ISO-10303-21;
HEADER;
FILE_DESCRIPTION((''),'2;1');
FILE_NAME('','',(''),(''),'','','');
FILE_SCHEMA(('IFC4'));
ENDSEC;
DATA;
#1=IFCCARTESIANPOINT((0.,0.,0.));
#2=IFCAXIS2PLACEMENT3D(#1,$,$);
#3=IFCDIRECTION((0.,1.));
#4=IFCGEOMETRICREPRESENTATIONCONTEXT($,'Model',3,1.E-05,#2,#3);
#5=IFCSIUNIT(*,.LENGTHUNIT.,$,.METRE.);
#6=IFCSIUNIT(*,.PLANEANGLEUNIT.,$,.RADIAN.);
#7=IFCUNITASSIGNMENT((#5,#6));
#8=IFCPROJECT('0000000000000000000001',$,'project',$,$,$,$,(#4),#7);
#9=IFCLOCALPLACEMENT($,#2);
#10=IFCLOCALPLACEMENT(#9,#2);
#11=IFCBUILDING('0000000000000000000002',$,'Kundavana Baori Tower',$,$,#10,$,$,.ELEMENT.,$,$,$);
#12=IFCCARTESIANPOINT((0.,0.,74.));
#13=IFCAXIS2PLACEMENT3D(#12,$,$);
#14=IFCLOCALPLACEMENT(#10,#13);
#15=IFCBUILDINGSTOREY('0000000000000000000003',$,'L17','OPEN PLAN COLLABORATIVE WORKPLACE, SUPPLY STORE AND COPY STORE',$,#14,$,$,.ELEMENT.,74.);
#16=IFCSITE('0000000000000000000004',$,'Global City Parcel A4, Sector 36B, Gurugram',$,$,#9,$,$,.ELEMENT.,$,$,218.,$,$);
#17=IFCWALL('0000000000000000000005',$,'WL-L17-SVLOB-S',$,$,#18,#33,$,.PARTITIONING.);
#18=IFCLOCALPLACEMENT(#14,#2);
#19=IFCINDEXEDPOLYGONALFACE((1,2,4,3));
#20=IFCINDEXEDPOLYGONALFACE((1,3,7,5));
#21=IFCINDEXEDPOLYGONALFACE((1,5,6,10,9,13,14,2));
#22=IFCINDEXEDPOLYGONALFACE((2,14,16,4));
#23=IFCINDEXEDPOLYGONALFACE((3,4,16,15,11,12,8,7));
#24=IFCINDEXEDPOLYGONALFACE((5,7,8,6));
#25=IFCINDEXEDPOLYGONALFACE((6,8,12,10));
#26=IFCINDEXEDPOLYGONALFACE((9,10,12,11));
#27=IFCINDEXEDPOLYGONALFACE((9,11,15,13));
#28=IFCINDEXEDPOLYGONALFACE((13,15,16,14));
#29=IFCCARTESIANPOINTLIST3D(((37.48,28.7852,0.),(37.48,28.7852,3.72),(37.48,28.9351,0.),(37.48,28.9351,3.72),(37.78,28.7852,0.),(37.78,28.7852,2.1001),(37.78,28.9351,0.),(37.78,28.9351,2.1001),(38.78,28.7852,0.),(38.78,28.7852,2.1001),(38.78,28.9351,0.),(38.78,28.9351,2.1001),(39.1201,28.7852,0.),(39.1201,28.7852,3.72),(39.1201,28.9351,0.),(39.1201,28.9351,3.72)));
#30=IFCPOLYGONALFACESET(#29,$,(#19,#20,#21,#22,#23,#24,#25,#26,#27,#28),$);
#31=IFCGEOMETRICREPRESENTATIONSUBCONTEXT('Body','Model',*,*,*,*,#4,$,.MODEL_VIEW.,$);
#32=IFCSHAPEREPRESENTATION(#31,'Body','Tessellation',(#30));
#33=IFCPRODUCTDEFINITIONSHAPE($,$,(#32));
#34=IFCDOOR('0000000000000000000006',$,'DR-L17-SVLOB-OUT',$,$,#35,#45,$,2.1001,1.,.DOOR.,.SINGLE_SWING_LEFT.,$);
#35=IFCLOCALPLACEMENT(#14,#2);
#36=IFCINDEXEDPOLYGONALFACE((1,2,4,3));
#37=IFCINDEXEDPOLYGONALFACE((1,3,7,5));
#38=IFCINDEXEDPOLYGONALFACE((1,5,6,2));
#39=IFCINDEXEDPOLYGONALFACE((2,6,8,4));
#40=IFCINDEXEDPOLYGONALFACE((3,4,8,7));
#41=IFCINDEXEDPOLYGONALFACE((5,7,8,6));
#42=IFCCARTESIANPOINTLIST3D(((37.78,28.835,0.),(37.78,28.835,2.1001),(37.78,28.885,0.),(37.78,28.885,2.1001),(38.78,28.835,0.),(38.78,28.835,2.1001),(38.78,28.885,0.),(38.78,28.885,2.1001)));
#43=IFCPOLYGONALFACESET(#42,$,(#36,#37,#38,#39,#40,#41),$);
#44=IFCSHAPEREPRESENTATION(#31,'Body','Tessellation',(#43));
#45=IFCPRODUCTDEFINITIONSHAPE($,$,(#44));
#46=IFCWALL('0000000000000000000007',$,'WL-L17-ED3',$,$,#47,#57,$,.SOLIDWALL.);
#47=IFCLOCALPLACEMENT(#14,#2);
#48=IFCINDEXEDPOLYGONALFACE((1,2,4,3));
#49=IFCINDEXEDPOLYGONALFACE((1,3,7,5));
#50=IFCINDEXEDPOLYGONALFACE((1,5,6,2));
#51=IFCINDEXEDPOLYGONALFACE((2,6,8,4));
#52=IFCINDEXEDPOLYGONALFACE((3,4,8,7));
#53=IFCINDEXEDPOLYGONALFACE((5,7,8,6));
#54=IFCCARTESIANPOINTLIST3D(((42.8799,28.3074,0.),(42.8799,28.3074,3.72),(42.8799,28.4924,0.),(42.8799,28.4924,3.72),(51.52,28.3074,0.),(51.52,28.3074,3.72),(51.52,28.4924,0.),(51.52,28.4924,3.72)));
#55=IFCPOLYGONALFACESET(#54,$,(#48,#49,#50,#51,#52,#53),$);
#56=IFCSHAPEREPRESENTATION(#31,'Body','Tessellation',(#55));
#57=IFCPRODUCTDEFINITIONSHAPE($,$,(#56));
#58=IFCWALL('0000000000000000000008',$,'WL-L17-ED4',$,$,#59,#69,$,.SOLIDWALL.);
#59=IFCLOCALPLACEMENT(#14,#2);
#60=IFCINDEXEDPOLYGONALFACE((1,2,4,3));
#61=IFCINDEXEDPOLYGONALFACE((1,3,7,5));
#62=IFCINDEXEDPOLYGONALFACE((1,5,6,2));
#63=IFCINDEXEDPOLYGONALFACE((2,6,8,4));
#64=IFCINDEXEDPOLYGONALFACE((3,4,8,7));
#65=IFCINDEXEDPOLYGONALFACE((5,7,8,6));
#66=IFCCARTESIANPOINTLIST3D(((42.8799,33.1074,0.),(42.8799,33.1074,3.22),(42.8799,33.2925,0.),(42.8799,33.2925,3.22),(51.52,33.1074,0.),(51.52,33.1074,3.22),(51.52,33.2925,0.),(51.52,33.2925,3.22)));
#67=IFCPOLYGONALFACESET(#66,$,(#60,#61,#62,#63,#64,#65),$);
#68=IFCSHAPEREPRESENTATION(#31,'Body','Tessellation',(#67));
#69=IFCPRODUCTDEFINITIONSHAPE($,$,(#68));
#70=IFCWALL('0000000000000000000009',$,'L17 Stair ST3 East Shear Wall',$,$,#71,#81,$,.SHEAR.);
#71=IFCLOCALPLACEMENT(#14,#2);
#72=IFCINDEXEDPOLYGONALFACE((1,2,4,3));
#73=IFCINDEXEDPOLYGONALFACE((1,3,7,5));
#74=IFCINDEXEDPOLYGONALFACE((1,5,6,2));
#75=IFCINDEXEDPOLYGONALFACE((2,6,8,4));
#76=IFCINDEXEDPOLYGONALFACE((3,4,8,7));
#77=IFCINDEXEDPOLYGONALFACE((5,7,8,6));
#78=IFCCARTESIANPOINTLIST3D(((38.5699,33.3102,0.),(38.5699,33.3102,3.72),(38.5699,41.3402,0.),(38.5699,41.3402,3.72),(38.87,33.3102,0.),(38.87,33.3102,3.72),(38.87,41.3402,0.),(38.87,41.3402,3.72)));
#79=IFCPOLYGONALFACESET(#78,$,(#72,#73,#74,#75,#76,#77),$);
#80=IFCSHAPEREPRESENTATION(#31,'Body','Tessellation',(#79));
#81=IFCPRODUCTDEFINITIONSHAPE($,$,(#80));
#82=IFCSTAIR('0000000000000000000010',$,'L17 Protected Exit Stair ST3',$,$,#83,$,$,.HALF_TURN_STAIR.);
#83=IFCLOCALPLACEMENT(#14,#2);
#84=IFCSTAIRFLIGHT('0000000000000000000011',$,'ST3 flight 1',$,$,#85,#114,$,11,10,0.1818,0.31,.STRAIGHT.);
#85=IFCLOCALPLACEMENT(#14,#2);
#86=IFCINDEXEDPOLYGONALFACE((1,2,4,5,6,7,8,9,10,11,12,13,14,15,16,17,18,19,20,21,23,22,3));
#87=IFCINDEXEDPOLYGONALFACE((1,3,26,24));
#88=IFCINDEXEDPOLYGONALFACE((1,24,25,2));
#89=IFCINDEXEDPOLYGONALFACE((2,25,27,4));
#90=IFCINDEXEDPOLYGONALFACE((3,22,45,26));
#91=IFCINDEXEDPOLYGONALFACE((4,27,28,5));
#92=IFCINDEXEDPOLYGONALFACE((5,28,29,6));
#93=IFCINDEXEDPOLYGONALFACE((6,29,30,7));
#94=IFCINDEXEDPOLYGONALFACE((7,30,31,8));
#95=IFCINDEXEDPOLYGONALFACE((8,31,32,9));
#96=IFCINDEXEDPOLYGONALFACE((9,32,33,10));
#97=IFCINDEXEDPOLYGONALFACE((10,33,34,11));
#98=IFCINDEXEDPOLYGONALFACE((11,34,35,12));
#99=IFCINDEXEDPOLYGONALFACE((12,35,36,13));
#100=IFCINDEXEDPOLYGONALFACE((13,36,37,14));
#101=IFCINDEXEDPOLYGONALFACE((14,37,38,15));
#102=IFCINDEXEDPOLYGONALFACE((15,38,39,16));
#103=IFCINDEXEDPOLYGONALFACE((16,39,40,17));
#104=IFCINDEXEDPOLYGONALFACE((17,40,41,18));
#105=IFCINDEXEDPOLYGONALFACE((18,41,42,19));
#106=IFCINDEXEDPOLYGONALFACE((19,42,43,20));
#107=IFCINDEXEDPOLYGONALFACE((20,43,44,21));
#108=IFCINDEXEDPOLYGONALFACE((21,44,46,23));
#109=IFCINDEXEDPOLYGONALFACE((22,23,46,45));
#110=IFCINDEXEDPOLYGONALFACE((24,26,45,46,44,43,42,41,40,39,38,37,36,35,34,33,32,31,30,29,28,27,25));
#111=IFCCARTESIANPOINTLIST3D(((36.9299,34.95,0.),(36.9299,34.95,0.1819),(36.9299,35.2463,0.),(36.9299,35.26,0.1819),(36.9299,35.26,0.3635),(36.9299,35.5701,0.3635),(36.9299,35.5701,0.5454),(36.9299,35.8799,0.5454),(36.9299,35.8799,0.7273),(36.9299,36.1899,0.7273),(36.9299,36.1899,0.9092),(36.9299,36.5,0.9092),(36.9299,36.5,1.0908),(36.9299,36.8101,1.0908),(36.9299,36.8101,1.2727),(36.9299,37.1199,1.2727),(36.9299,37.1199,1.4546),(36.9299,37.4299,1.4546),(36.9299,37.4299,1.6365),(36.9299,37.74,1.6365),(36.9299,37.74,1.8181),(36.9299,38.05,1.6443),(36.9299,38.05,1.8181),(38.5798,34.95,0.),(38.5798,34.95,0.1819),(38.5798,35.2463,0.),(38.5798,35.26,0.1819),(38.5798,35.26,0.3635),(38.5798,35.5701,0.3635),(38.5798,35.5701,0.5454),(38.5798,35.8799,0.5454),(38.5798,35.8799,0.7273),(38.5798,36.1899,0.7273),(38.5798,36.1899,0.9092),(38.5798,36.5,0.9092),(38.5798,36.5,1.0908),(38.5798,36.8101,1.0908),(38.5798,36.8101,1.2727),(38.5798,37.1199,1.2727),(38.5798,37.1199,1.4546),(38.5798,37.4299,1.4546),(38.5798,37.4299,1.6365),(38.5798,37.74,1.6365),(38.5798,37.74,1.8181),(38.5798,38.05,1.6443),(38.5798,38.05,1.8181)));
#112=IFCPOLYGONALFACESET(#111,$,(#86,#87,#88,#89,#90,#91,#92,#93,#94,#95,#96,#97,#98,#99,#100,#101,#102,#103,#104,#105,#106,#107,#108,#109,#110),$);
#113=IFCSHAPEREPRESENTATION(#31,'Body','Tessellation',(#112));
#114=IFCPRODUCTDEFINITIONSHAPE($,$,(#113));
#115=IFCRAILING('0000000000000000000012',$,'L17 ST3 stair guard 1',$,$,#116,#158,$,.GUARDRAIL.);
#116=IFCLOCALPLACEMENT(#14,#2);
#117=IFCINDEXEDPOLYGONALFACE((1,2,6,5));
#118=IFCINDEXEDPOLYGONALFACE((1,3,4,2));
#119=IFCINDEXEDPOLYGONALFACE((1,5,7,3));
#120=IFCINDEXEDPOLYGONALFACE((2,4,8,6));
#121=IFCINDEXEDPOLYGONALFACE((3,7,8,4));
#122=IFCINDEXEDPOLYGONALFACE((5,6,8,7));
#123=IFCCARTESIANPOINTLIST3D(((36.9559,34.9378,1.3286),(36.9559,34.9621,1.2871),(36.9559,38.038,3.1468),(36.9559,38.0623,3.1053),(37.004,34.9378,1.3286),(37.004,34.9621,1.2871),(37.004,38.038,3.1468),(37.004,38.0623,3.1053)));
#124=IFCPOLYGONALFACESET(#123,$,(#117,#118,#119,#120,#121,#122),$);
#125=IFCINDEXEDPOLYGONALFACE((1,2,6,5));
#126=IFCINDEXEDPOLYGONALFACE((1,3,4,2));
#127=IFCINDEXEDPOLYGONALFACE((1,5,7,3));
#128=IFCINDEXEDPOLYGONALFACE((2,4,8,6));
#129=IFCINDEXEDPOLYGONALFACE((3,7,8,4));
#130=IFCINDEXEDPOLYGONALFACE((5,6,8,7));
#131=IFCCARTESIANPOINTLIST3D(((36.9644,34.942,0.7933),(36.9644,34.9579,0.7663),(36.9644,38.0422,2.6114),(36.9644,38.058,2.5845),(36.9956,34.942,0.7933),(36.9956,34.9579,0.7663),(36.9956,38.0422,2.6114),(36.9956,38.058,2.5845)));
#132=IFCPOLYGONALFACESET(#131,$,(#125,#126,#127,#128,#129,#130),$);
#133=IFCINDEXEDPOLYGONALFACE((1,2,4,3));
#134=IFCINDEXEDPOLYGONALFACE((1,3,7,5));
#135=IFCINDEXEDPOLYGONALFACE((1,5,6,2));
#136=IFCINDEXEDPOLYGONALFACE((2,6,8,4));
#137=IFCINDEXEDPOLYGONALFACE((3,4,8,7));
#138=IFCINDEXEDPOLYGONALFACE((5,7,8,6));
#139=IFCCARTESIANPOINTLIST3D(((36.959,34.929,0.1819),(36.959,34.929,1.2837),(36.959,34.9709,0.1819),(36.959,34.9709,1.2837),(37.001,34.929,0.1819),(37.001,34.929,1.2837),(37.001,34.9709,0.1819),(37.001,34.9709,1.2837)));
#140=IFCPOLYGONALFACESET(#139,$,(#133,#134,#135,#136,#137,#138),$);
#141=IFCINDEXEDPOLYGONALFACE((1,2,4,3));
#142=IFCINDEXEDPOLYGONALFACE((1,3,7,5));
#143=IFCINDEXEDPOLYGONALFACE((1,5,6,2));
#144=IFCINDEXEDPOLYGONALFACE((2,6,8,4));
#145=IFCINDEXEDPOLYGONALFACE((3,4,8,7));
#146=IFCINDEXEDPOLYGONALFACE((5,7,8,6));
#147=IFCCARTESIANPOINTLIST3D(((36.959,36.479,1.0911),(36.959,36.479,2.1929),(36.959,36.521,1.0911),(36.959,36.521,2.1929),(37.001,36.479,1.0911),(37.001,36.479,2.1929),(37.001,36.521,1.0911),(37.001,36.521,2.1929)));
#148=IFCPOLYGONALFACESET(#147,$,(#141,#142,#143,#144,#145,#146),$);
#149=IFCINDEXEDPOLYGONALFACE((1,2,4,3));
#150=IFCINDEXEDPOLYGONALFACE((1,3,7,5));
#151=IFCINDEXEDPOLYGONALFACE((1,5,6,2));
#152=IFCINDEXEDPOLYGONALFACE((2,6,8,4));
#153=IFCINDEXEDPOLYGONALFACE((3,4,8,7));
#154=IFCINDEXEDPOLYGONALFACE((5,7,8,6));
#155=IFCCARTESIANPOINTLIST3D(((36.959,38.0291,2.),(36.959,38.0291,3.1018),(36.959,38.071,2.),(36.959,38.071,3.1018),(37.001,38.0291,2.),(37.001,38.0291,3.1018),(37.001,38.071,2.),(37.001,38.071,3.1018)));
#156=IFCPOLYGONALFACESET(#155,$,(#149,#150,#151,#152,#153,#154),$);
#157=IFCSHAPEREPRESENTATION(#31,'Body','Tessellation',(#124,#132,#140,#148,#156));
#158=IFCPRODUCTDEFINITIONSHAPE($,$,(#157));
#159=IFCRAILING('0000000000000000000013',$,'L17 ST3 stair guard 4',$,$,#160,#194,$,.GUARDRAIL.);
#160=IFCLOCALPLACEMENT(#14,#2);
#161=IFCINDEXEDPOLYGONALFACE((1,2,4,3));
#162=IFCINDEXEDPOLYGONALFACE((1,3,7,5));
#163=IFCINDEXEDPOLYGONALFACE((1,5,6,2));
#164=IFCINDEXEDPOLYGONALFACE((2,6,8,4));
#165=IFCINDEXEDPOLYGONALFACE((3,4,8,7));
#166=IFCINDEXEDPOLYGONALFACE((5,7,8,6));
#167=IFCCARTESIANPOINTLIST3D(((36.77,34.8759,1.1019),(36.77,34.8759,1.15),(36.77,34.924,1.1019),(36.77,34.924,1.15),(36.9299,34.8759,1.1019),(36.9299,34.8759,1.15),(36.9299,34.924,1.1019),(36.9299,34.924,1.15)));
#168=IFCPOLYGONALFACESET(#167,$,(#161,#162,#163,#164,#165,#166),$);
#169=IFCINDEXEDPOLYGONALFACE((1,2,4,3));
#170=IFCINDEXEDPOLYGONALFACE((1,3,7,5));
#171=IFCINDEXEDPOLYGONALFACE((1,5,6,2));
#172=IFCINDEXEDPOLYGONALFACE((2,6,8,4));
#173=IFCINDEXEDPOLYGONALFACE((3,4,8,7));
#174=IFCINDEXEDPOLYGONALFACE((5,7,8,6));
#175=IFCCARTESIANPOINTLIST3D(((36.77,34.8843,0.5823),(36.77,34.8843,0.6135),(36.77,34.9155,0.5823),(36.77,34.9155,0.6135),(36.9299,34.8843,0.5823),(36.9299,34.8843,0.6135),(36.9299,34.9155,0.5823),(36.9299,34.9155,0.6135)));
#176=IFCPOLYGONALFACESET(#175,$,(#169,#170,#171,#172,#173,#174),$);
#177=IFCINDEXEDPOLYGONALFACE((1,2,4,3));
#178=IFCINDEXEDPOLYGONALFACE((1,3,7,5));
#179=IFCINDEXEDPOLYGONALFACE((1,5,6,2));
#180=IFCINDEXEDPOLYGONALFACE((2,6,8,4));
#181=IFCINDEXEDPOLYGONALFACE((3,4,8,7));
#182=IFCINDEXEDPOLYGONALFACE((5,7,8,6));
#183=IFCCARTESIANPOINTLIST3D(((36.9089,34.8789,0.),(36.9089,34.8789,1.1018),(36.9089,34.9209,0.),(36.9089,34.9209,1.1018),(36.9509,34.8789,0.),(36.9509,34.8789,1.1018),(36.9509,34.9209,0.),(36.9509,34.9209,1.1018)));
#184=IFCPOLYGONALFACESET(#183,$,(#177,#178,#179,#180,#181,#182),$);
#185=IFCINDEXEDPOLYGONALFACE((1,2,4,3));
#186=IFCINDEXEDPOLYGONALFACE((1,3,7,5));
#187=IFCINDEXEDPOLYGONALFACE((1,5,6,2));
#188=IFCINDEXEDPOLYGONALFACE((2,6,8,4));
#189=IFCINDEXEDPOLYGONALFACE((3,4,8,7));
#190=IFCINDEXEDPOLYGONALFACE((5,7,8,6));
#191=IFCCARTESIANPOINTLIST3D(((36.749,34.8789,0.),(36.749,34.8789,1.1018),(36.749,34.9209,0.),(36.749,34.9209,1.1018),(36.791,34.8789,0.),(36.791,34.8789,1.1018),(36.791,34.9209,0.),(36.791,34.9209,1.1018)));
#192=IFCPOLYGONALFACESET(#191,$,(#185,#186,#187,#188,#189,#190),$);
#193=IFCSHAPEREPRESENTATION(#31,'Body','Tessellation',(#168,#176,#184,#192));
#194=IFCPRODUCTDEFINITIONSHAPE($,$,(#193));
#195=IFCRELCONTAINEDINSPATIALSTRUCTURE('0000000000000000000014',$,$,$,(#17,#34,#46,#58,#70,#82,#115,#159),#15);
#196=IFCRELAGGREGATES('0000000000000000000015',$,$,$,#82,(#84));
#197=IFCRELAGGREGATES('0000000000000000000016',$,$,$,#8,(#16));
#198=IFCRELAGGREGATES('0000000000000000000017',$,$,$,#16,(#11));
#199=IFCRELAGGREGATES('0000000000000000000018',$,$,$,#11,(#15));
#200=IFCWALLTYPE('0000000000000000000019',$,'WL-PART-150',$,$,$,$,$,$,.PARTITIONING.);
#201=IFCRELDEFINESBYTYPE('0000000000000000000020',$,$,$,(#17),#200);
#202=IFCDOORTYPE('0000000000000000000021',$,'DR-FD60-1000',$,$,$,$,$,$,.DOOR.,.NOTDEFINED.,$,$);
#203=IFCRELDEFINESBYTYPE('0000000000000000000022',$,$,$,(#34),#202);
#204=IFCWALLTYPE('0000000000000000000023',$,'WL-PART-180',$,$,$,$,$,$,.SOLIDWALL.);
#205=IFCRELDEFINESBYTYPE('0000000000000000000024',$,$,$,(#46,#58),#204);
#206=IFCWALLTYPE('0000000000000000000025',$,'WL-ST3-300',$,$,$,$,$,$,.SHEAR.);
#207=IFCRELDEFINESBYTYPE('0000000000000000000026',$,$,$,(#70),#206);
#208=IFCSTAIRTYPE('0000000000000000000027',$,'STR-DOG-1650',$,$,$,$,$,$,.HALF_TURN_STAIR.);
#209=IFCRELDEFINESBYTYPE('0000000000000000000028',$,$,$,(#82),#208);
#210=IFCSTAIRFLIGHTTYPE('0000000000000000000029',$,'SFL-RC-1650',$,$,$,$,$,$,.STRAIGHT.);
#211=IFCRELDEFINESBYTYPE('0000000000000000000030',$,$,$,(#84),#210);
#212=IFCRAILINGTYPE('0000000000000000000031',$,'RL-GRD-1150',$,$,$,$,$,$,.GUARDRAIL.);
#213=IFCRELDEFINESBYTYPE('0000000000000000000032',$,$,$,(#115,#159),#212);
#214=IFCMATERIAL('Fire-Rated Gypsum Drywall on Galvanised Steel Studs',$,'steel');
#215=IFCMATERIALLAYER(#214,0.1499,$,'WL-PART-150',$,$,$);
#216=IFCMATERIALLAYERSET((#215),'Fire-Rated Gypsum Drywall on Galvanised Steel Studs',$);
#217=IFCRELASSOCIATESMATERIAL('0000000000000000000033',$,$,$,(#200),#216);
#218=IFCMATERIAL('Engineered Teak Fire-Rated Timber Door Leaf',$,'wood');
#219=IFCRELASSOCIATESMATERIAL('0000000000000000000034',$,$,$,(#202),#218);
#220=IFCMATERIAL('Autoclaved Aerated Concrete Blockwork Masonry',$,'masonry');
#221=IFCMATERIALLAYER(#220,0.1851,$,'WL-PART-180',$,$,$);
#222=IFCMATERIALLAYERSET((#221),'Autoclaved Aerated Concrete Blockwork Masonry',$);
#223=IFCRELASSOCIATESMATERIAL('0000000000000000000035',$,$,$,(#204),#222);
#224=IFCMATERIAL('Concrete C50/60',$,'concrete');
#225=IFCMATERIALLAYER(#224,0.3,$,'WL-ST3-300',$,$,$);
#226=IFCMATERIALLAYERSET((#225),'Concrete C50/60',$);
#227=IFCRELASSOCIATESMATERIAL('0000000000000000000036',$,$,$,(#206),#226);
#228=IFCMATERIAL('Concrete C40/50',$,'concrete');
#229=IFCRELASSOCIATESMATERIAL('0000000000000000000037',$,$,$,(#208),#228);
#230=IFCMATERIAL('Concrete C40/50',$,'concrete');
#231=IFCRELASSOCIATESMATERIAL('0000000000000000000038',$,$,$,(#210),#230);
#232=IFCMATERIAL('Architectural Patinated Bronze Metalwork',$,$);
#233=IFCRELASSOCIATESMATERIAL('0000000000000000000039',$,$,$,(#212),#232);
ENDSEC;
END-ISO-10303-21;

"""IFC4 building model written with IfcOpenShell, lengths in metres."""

from ifc_helpers import new_model, si_unit, direction, frame, frame_2d, origin, origin_2d, place, context, subcontext, project, spatial, polyline, rectangle, outline, extrude, material, layer, layer_set, type_object, element, fill, aggregate, save


model = new_model("IFC4")

# Units and contexts
model_context = context("Model", 3, precision=1e-05, world=origin(), true_north=direction((0.0, 1.0)))
body_context = subcontext(model_context, "Body", "Model", "MODEL_VIEW")
ifc_project = project(units=[si_unit("LENGTHUNIT", "METRE"), si_unit("PLANEANGLEUNIT", "RADIAN")], contexts=[model_context])

# Site, building, storey
site_placement = place(None, origin())
site = spatial("IfcSite", under=ifc_project, at=site_placement, Name="Global City Parcel A4, Sector 36B, Gurugram", CompositionType="ELEMENT", RefElevation=218.0)
building_placement = place(site_placement, origin())
building = spatial("IfcBuilding", under=site, at=building_placement, Name="Kundavana Baori Tower", CompositionType="ELEMENT")
storey_placement = place(building_placement, frame((0.0, 0.0, 74.0)))
storey = spatial("IfcBuildingStorey", under=building, at=storey_placement, Name="L17", Description="OPEN PLAN COLLABORATIVE WORKPLACE, SUPPLY STORE AND COPY STORE", CompositionType="ELEMENT", Elevation=74.0)

# Shared definitions
ifc_material_1 = material(Name="Fire-Rated Gypsum Drywall on Galvanised Steel Studs", Category="steel")
ifc_layer_1 = layer(ifc_material_1, 0.1499, Name="WL-PART-150")
ifc_layer_set_1 = layer_set([ifc_layer_1], Name="Fire-Rated Gypsum Drywall on Galvanised Steel Studs")
wall_type_1 = type_object("IfcWallType", Name="WL-PART-150", PredefinedType="PARTITIONING", material=ifc_layer_set_1)

# Wall, opening, door
wall_1_placement = place(storey_placement, frame((37.48, 28.8601, 0.0), z_axis=(0.0, 0.0, 1.0), x_axis=(1.0, 0.0, 0.0)))
wall_1 = element("IfcWall", 1, at=wall_1_placement, inside=storey, type_object=wall_type_1, Name="WL-L17-SVLOB-S", PredefinedType="PARTITIONING", context=body_context, shape_type="SweptSolid", body=[
    extrude(rectangle(XDim=1.6401, YDim=0.1499, at=frame_2d((0.8201, 0.0))), origin(), (0.0, 0.0, 1.0), 3.72),
])
opening_1_placement = place(wall_1_placement, frame((0.3, 0.0, 0.0)))
opening_1 = element("IfcOpeningElement", 2, at=opening_1_placement, cuts=wall_1, PredefinedType="OPENING", context=body_context, shape_type="SweptSolid", body=[
    extrude(rectangle(XDim=1.0, YDim=2.1001, at=frame_2d((0.5, 1.05))), frame((0.0, 0.085, 0.0), z_axis=(0.0, -1.0, 0.0), x_axis=(1.0, 0.0, 0.0)), (0.0, 0.0, 1.0), 0.1699),
])
ifc_material_2 = material(Name="Engineered Teak Fire-Rated Timber Door Leaf", Category="wood")
door_type_1 = type_object("IfcDoorType", Name="DR-FD60-1000", OperationType="NOTDEFINED", PredefinedType="DOOR", material=ifc_material_2)
door_1_placement = place(opening_1_placement, origin())
door_1 = element("IfcDoor", 3, at=door_1_placement, inside=storey, type_object=door_type_1, Name="DR-L17-SVLOB-OUT", OperationType="SINGLE_SWING_LEFT", OverallHeight=2.1001, OverallWidth=1.0, PredefinedType="DOOR", context=body_context, shape_type="SweptSolid", body=[
    extrude(rectangle(XDim=1.0, YDim=2.1001, at=frame_2d((0.5, 1.05))), frame((0.0, 0.0249, 0.0), z_axis=(0.0, -1.0, 0.0), x_axis=(1.0, 0.0, 0.0)), (0.0, 0.0, 1.0), 0.05),
])
fill(opening_1, door_1)

# Walls
ifc_material_3 = material(Name="Autoclaved Aerated Concrete Blockwork Masonry", Category="masonry")
ifc_layer_2 = layer(ifc_material_3, 0.1851, Name="WL-PART-180")
ifc_layer_set_2 = layer_set([ifc_layer_2], Name="Autoclaved Aerated Concrete Blockwork Masonry")
wall_type_2 = type_object("IfcWallType", Name="WL-PART-180", PredefinedType="SOLIDWALL", material=ifc_layer_set_2)
wall_2_placement = place(storey_placement, frame((42.8799, 28.3999, 0.0), z_axis=(0.0, 0.0, 1.0), x_axis=(1.0, 0.0, 0.0)))
element("IfcWall", 4, at=wall_2_placement, inside=storey, type_object=wall_type_2, Name="WL-L17-ED3", PredefinedType="SOLIDWALL", context=body_context, shape_type="SweptSolid", body=[
    extrude(rectangle(XDim=8.6401, YDim=0.1851, at=frame_2d((4.3201, 0.0))), origin(), (0.0, 0.0, 1.0), 3.72),
])
wall_3_placement = place(storey_placement, frame((42.8799, 33.2, 0.0), z_axis=(0.0, 0.0, 1.0), x_axis=(1.0, 0.0, 0.0)))
element("IfcWall", 5, at=wall_3_placement, inside=storey, type_object=wall_type_2, Name="WL-L17-ED4", PredefinedType="SOLIDWALL", context=body_context, shape_type="SweptSolid", body=[
    extrude(rectangle(XDim=8.6401, YDim=0.1851, at=frame_2d((4.3201, 0.0))), origin(), (0.0, 0.0, 1.0), 3.22),
])

# Wall
ifc_material_4 = material(Name="Concrete C50/60", Category="concrete")
ifc_layer_3 = layer(ifc_material_4, 0.3, Name="WL-ST3-300")
ifc_layer_set_3 = layer_set([ifc_layer_3], Name="Concrete C50/60")
wall_type_3 = type_object("IfcWallType", Name="WL-ST3-300", PredefinedType="SHEAR", material=ifc_layer_set_3)
wall_4_placement = place(storey_placement, frame((38.72, 33.3101, 0.0), z_axis=(0.0, 0.0, 1.0), x_axis=(0.0, 1.0, 0.0)))
element("IfcWall", 6, at=wall_4_placement, inside=storey, type_object=wall_type_3, Name="L17 Stair ST3 East Shear Wall", PredefinedType="SHEAR", context=body_context, shape_type="SweptSolid", body=[
    extrude(rectangle(XDim=8.03, YDim=0.3, at=frame_2d((4.0151, 0.0))), origin(), (0.0, 0.0, 1.0), 3.72),
])

# Stair, stair flight
ifc_material_5 = material(Name="Concrete C40/50", Category="concrete")
stair_type = type_object("IfcStairType", Name="STR-DOG-1650", PredefinedType="HALF_TURN_STAIR", material=ifc_material_5)
stair_placement = place(storey_placement, origin())
stair = element("IfcStair", 7, at=stair_placement, inside=storey, type_object=stair_type, Name="L17 Protected Exit Stair ST3", PredefinedType="HALF_TURN_STAIR")
ifc_material_6 = material(Name="Concrete C40/50", Category="concrete")
stair_flight_type = type_object("IfcStairFlightType", Name="SFL-RC-1650", PredefinedType="STRAIGHT", material=ifc_material_6)
stair_flight_placement = place(storey_placement, frame((37.7549, 34.95, 0.0), z_axis=(0.0, 0.0, 1.0), x_axis=(0.0, 1.0, 0.0)))
stair_flight = element("IfcStairFlight", 8, at=stair_flight_placement, type_object=stair_flight_type, Name="ST3 flight 1", NumberOfRisers=11, NumberOfTreads=10, PredefinedType="STRAIGHT", RiserHeight=0.1818, TreadLength=0.31, context=body_context, shape_type="SweptSolid", body=[
    extrude(outline(polyline([(0.0, 0.0), (0.0, 0.1819), (0.3101, 0.1819), (0.3101, 0.3635), (0.6201, 0.3635), (0.6201, 0.5454), (0.9299, 0.5454), (0.9299, 0.7273), (1.24, 0.7273), (1.24, 0.9092), (1.55, 0.9092), (1.55, 1.0908), (1.8601, 1.0908), (1.8601, 1.2727), (2.1699, 1.2727), (2.1699, 1.4546), (2.48, 1.4546), (2.48, 1.6365), (2.79, 1.6365), (2.79, 1.8181), (3.1001, 1.8181), (3.1001, 2.0), (3.1001, 1.6443), (0.2964, 0.0), (0.0, 0.0)])), frame((0.0, 0.825, 0.0), z_axis=(0.0, -1.0, 0.0), x_axis=(1.0, 0.0, 0.0)), (0.0, 0.0, 1.0), 1.6499),
])
aggregate(stair, [stair_flight])

# Railings
ifc_material_7 = material(Name="Architectural Patinated Bronze Metalwork")
railing_type = type_object("IfcRailingType", Name="RL-GRD-1150", PredefinedType="GUARDRAIL", material=ifc_material_7)
railing_1_placement = place(storey_placement, frame((36.98, 34.95, 0.1819)))
element("IfcRailing", 9, at=railing_1_placement, inside=storey, type_object=railing_type, Name="L17 ST3 stair guard 1", PredefinedType="GUARDRAIL", context=body_context, shape_type="SweptSolid", body=[
    extrude(rectangle(XDim=0.0481, YDim=0.0481, at=origin_2d()), frame((0.0, 0.0, 1.126), z_axis=(0.0, 0.862599, 0.505889), x_axis=(-1.0, 0.0, 0.0)), (0.0, 0.0, 1.0), 3.594),
    extrude(rectangle(XDim=0.0312, YDim=0.0312, at=origin_2d()), frame((0.0, 0.0, 0.5979), z_axis=(0.0, 0.862599, 0.505889), x_axis=(-1.0, 0.0, 0.0)), (0.0, 0.0, 1.0), 3.594),
    extrude(rectangle(XDim=0.042, YDim=0.042, at=origin_2d()), origin(), (0.0, 0.0, 1.0), 1.1018),
    extrude(rectangle(XDim=0.042, YDim=0.042, at=origin_2d()), frame((0.0, 1.55, 0.9092)), (0.0, 0.0, 1.0), 1.1018),
    extrude(rectangle(XDim=0.042, YDim=0.042, at=origin_2d()), frame((0.0, 3.1001, 1.8181)), (0.0, 0.0, 1.0), 1.1018),
])
railing_2_placement = place(storey_placement, frame((36.9299, 34.8999, 0.0)))
element("IfcRailing", 10, at=railing_2_placement, inside=storey, type_object=railing_type, Name="L17 ST3 stair guard 4", PredefinedType="GUARDRAIL", context=body_context, shape_type="SweptSolid", body=[
    extrude(rectangle(XDim=0.0481, YDim=0.0481, at=origin_2d()), frame((0.0, 0.0, 1.126), z_axis=(-1.0, 0.0, 0.0), x_axis=(0.0, -1.0, 0.0)), (0.0, 0.0, 1.0), 0.1599),
    extrude(rectangle(XDim=0.0312, YDim=0.0312, at=origin_2d()), frame((0.0, 0.0, 0.5979), z_axis=(-1.0, 0.0, 0.0), x_axis=(0.0, -1.0, 0.0)), (0.0, 0.0, 1.0), 0.1599),
    extrude(rectangle(XDim=0.042, YDim=0.042, at=origin_2d()), origin(), (0.0, 0.0, 1.0), 1.1018),
    extrude(rectangle(XDim=0.042, YDim=0.042, at=origin_2d()), frame((-0.1599, 0.0, 0.0)), (0.0, 0.0, 1.0), 1.1018),
])

save(model, "model.ifc")
